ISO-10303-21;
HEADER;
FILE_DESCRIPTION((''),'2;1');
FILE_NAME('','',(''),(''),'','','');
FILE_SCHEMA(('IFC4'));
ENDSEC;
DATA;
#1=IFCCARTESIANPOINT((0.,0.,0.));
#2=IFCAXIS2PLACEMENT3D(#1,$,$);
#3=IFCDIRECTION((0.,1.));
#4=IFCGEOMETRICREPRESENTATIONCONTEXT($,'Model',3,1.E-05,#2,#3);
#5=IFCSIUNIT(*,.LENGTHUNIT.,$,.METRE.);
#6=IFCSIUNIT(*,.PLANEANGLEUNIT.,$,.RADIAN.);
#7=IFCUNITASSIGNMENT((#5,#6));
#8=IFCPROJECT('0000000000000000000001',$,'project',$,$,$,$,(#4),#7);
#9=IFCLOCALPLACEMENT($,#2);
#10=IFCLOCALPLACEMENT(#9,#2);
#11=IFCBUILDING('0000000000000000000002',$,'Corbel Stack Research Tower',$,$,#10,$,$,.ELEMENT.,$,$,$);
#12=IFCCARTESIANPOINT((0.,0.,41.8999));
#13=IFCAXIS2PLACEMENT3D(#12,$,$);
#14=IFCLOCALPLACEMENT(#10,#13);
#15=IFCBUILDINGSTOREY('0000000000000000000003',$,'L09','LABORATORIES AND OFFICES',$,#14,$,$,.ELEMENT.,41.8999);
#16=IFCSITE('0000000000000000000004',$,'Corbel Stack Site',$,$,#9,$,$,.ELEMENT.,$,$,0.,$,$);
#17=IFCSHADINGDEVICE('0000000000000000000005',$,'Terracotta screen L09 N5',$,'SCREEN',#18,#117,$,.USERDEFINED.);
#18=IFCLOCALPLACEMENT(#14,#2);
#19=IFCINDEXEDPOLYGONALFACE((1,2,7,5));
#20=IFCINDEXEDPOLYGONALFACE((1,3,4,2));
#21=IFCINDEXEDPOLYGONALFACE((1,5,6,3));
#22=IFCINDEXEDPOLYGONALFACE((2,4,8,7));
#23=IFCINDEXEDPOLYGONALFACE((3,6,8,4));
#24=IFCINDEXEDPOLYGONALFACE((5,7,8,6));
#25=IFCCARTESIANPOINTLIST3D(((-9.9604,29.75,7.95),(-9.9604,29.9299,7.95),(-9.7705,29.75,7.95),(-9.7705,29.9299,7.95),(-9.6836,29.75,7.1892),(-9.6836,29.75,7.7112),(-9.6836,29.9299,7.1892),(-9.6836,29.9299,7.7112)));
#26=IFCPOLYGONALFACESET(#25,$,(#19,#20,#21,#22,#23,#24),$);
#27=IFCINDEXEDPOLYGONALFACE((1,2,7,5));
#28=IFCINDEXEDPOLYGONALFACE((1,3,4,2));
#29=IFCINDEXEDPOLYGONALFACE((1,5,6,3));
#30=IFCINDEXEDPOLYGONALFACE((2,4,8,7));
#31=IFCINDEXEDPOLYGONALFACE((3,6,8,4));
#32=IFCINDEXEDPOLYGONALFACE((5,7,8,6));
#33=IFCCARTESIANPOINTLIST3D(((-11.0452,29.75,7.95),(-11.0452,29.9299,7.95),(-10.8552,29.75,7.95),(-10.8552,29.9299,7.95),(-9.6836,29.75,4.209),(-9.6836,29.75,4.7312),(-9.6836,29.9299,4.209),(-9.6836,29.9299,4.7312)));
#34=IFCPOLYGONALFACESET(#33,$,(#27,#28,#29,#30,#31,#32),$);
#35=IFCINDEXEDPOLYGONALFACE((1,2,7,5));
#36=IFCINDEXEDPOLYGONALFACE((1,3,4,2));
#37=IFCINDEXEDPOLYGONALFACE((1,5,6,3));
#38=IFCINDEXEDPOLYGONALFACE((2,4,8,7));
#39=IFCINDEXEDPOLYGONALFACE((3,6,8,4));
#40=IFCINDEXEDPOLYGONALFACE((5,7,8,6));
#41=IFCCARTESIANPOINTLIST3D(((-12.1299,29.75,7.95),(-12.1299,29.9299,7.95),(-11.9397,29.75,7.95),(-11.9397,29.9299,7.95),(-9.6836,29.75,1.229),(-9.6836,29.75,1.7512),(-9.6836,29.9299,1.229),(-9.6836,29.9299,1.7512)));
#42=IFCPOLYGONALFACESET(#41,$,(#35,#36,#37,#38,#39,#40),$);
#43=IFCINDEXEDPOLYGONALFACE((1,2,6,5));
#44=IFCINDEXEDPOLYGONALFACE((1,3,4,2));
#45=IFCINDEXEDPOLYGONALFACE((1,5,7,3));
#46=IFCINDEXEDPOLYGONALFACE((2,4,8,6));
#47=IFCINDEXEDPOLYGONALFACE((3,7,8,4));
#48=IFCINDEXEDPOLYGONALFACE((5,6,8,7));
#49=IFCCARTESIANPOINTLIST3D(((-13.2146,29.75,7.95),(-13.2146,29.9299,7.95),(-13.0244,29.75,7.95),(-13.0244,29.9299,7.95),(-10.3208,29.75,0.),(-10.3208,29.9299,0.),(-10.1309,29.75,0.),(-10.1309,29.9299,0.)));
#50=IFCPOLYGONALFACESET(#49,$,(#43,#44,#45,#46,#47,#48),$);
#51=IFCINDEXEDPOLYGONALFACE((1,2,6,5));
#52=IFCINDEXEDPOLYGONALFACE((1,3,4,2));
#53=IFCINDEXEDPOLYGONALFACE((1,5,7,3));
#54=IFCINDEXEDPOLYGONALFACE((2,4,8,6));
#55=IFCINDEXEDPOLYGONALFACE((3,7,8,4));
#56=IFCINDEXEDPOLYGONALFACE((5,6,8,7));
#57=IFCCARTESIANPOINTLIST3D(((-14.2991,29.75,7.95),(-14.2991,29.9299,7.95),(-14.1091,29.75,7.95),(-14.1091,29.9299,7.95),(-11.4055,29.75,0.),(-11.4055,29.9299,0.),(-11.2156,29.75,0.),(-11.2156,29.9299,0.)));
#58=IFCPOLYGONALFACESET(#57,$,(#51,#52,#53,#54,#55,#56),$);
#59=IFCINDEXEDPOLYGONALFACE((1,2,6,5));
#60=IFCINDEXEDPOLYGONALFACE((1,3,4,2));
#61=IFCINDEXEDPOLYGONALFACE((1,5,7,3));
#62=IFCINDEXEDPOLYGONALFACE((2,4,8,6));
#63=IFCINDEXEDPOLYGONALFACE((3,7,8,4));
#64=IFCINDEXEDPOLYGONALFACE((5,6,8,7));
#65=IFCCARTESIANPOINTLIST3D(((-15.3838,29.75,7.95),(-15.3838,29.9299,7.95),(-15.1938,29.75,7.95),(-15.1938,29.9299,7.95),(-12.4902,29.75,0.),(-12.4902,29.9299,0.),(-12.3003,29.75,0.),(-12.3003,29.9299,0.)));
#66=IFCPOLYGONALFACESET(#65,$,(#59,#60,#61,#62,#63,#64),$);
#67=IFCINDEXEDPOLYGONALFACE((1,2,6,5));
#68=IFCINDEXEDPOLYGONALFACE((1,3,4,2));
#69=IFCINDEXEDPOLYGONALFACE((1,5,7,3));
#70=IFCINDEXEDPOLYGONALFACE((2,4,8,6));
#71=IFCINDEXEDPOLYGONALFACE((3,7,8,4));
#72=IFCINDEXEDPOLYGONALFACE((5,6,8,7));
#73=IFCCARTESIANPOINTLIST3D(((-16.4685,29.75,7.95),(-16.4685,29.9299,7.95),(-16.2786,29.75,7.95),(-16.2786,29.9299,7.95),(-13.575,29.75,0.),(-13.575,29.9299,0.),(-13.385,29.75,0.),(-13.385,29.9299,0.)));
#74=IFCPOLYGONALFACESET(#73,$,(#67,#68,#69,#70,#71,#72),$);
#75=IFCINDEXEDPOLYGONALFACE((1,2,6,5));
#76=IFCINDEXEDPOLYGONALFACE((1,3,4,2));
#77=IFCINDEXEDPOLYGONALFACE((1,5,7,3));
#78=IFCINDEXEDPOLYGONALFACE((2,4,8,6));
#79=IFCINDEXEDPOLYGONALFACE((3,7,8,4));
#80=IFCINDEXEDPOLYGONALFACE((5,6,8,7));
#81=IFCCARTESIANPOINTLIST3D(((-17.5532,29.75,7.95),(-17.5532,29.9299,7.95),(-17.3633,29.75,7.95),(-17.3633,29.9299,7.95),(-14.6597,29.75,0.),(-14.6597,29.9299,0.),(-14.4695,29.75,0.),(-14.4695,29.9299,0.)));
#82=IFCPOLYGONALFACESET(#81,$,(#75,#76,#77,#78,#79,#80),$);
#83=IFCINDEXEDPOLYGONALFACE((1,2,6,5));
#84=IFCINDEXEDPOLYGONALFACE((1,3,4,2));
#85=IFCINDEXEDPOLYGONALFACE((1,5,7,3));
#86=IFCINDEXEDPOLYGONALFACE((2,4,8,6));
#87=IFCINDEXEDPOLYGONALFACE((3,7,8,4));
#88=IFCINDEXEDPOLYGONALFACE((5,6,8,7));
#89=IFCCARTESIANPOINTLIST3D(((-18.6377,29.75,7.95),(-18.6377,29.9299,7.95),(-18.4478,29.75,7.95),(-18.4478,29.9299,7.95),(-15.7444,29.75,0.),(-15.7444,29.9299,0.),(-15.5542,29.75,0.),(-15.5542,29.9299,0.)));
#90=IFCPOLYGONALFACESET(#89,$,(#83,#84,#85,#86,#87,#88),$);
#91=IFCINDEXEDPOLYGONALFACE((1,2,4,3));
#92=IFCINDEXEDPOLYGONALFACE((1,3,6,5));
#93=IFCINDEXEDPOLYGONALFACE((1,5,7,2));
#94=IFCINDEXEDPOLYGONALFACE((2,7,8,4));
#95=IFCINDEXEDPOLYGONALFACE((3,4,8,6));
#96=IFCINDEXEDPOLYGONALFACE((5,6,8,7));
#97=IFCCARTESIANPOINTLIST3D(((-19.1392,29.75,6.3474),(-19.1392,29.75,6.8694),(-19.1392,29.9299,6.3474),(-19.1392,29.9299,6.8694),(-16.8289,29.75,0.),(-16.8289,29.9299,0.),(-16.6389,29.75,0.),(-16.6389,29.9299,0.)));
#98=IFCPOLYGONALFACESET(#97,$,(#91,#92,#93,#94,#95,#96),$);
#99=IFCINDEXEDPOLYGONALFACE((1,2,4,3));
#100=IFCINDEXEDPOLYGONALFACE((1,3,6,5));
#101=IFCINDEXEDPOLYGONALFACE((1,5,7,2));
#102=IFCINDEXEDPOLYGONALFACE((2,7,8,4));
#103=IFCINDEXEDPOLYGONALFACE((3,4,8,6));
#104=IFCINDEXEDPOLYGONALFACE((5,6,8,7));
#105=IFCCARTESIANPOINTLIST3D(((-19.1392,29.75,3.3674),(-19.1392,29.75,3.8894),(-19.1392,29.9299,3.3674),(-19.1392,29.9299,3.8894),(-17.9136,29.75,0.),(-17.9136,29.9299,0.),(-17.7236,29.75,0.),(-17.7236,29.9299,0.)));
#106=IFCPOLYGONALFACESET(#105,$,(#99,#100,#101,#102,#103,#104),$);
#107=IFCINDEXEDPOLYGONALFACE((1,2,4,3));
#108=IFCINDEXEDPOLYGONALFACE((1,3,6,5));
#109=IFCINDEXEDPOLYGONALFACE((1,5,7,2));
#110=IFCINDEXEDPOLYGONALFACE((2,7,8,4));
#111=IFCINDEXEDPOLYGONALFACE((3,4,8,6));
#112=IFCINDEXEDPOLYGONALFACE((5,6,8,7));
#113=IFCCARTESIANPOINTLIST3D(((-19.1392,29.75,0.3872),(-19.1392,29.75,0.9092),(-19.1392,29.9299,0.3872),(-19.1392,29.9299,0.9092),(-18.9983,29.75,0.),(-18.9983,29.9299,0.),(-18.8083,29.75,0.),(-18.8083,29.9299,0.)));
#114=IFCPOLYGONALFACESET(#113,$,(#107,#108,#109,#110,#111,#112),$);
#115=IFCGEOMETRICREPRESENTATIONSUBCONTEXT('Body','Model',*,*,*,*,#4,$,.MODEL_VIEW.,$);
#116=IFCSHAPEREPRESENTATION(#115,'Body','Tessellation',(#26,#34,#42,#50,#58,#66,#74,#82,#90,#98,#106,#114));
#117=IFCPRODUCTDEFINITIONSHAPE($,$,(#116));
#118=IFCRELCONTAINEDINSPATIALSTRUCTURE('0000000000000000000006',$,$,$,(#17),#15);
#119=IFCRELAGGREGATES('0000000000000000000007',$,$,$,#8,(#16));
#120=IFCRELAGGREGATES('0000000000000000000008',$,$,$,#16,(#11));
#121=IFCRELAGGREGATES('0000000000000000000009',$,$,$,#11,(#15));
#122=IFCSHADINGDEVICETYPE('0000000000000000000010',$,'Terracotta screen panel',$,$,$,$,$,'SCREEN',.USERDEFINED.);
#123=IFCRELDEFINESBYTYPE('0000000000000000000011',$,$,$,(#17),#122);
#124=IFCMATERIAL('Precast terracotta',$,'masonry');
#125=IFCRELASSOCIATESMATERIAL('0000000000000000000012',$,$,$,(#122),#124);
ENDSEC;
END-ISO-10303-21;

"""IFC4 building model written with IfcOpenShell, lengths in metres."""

from ifc_helpers import new_model, si_unit, direction, frame, origin, place, context, subcontext, project, spatial, polyline, outline, extrude, source, transform, mapped, material, type_object, element, save


model = new_model("IFC4")

# Units and contexts
model_context = context("Model", 3, precision=1e-05, world=origin(), true_north=direction((0.0, 1.0)))
body_context = subcontext(model_context, "Body", "Model", "MODEL_VIEW")
ifc_project = project(units=[si_unit("LENGTHUNIT", "METRE"), si_unit("PLANEANGLEUNIT", "RADIAN")], contexts=[model_context])

# Site, building, storey
site_placement = place(None, origin())
site = spatial("IfcSite", under=ifc_project, at=site_placement, Name="Corbel Stack Site", CompositionType="ELEMENT", RefElevation=0.0)
building_placement = place(site_placement, origin())
building = spatial("IfcBuilding", under=site, at=building_placement, Name="Corbel Stack Research Tower", CompositionType="ELEMENT")
storey_placement = place(building_placement, frame((0.0, 0.0, 41.8999)))
storey = spatial("IfcBuildingStorey", under=building, at=storey_placement, Name="L09", Description="LABORATORIES AND OFFICES", CompositionType="ELEMENT", Elevation=41.8999)

# Shading device
ifc_material_1 = material(Name="Precast terracotta", Category="masonry")
shading_device_type = type_object("IfcShadingDeviceType", Name="Terracotta screen panel", ElementType="SCREEN", PredefinedType="USERDEFINED", material=ifc_material_1)
shared_shape_1 = source(origin(), body_context, "Body", "SweptSolid", [
    extrude(outline(polyline([(0.2769, 7.95), (0.0869, 7.95), (0.0, 7.7112), (0.0, 7.1892), (0.2769, 7.95)])), frame((0.0, 0.0, 0.0), z_axis=(0.0, -1.0, 0.0), x_axis=(1.0, 0.0, 0.0)), (0.0, 0.0, 1.0), 0.1799),
    extrude(outline(polyline([(1.3616, 7.95), (1.1716, 7.95), (0.0, 4.7312), (0.0, 4.209), (1.3616, 7.95)])), frame((0.0, 0.0, 0.0), z_axis=(0.0, -1.0, 0.0), x_axis=(1.0, 0.0, 0.0)), (0.0, 0.0, 1.0), 0.1799),
    extrude(outline(polyline([(2.4463, 7.95), (2.2561, 7.95), (0.0, 1.7512), (0.0, 1.229), (2.4463, 7.95)])), frame((0.0, 0.0, 0.0), z_axis=(0.0, -1.0, 0.0), x_axis=(1.0, 0.0, 0.0)), (0.0, 0.0, 1.0), 0.1799),
    extrude(outline(polyline([(0.6372, 0.0), (3.531, 7.95), (3.3408, 7.95), (0.4473, 0.0), (0.6372, 0.0)])), frame((0.0, 0.0, 0.0), z_axis=(0.0, -1.0, 0.0), x_axis=(1.0, 0.0, 0.0)), (0.0, 0.0, 1.0), 0.1799),
    extrude(outline(polyline([(1.7219, 0.0), (4.6155, 7.95), (4.4255, 7.95), (1.532, 0.0), (1.7219, 0.0)])), frame((0.0, 0.0, 0.0), z_axis=(0.0, -1.0, 0.0), x_axis=(1.0, 0.0, 0.0)), (0.0, 0.0, 1.0), 0.1799),
    extrude(outline(polyline([(2.8066, 0.0), (5.7002, 7.95), (5.5103, 7.95), (2.6167, 0.0), (2.8066, 0.0)])), frame((0.0, 0.0, 0.0), z_axis=(0.0, -1.0, 0.0), x_axis=(1.0, 0.0, 0.0)), (0.0, 0.0, 1.0), 0.1799),
    extrude(outline(polyline([(3.8914, 0.0), (6.7849, 7.95), (6.595, 7.95), (3.7014, 0.0), (3.8914, 0.0)])), frame((0.0, 0.0, 0.0), z_axis=(0.0, -1.0, 0.0), x_axis=(1.0, 0.0, 0.0)), (0.0, 0.0, 1.0), 0.1799),
    extrude(outline(polyline([(4.9761, 0.0), (7.8696, 7.95), (7.6797, 7.95), (4.7859, 0.0), (4.9761, 0.0)])), frame((0.0, 0.0, 0.0), z_axis=(0.0, -1.0, 0.0), x_axis=(1.0, 0.0, 0.0)), (0.0, 0.0, 1.0), 0.1799),
    extrude(outline(polyline([(6.0608, 0.0), (8.9541, 7.95), (8.7642, 7.95), (5.8706, 0.0), (6.0608, 0.0)])), frame((0.0, 0.0, 0.0), z_axis=(0.0, -1.0, 0.0), x_axis=(1.0, 0.0, 0.0)), (0.0, 0.0, 1.0), 0.1799),
    extrude(outline(polyline([(7.1453, 0.0), (9.4556, 6.3474), (9.4556, 6.8694), (6.9553, 0.0), (7.1453, 0.0)])), frame((0.0, 0.0, 0.0), z_axis=(0.0, -1.0, 0.0), x_axis=(1.0, 0.0, 0.0)), (0.0, 0.0, 1.0), 0.1799),
    extrude(outline(polyline([(8.23, 0.0), (9.4556, 3.3674), (9.4556, 3.8894), (8.04, 0.0), (8.23, 0.0)])), frame((0.0, 0.0, 0.0), z_axis=(0.0, -1.0, 0.0), x_axis=(1.0, 0.0, 0.0)), (0.0, 0.0, 1.0), 0.1799),
    extrude(outline(polyline([(9.3147, 0.0), (9.4556, 0.3872), (9.4556, 0.9092), (9.1248, 0.0), (9.3147, 0.0)])), frame((0.0, 0.0, 0.0), z_axis=(0.0, -1.0, 0.0), x_axis=(1.0, 0.0, 0.0)), (0.0, 0.0, 1.0), 0.1799),
])
shading_device_1_placement = place(storey_placement, frame((-9.6836, 29.75, 0.0), z_axis=(0.0, 0.0, 1.0), x_axis=(-1.0, 0.0, 0.0)))
element("IfcShadingDevice", 1, at=shading_device_1_placement, inside=storey, type_object=shading_device_type, Name="Terracotta screen L09 N5", ObjectType="SCREEN", PredefinedType="USERDEFINED", context=body_context, shape_type="MappedRepresentation", body=[
    mapped(shared_shape_1, transform((0.0, 0.0, 0.0))),
])

save(model, "model.ifc")
